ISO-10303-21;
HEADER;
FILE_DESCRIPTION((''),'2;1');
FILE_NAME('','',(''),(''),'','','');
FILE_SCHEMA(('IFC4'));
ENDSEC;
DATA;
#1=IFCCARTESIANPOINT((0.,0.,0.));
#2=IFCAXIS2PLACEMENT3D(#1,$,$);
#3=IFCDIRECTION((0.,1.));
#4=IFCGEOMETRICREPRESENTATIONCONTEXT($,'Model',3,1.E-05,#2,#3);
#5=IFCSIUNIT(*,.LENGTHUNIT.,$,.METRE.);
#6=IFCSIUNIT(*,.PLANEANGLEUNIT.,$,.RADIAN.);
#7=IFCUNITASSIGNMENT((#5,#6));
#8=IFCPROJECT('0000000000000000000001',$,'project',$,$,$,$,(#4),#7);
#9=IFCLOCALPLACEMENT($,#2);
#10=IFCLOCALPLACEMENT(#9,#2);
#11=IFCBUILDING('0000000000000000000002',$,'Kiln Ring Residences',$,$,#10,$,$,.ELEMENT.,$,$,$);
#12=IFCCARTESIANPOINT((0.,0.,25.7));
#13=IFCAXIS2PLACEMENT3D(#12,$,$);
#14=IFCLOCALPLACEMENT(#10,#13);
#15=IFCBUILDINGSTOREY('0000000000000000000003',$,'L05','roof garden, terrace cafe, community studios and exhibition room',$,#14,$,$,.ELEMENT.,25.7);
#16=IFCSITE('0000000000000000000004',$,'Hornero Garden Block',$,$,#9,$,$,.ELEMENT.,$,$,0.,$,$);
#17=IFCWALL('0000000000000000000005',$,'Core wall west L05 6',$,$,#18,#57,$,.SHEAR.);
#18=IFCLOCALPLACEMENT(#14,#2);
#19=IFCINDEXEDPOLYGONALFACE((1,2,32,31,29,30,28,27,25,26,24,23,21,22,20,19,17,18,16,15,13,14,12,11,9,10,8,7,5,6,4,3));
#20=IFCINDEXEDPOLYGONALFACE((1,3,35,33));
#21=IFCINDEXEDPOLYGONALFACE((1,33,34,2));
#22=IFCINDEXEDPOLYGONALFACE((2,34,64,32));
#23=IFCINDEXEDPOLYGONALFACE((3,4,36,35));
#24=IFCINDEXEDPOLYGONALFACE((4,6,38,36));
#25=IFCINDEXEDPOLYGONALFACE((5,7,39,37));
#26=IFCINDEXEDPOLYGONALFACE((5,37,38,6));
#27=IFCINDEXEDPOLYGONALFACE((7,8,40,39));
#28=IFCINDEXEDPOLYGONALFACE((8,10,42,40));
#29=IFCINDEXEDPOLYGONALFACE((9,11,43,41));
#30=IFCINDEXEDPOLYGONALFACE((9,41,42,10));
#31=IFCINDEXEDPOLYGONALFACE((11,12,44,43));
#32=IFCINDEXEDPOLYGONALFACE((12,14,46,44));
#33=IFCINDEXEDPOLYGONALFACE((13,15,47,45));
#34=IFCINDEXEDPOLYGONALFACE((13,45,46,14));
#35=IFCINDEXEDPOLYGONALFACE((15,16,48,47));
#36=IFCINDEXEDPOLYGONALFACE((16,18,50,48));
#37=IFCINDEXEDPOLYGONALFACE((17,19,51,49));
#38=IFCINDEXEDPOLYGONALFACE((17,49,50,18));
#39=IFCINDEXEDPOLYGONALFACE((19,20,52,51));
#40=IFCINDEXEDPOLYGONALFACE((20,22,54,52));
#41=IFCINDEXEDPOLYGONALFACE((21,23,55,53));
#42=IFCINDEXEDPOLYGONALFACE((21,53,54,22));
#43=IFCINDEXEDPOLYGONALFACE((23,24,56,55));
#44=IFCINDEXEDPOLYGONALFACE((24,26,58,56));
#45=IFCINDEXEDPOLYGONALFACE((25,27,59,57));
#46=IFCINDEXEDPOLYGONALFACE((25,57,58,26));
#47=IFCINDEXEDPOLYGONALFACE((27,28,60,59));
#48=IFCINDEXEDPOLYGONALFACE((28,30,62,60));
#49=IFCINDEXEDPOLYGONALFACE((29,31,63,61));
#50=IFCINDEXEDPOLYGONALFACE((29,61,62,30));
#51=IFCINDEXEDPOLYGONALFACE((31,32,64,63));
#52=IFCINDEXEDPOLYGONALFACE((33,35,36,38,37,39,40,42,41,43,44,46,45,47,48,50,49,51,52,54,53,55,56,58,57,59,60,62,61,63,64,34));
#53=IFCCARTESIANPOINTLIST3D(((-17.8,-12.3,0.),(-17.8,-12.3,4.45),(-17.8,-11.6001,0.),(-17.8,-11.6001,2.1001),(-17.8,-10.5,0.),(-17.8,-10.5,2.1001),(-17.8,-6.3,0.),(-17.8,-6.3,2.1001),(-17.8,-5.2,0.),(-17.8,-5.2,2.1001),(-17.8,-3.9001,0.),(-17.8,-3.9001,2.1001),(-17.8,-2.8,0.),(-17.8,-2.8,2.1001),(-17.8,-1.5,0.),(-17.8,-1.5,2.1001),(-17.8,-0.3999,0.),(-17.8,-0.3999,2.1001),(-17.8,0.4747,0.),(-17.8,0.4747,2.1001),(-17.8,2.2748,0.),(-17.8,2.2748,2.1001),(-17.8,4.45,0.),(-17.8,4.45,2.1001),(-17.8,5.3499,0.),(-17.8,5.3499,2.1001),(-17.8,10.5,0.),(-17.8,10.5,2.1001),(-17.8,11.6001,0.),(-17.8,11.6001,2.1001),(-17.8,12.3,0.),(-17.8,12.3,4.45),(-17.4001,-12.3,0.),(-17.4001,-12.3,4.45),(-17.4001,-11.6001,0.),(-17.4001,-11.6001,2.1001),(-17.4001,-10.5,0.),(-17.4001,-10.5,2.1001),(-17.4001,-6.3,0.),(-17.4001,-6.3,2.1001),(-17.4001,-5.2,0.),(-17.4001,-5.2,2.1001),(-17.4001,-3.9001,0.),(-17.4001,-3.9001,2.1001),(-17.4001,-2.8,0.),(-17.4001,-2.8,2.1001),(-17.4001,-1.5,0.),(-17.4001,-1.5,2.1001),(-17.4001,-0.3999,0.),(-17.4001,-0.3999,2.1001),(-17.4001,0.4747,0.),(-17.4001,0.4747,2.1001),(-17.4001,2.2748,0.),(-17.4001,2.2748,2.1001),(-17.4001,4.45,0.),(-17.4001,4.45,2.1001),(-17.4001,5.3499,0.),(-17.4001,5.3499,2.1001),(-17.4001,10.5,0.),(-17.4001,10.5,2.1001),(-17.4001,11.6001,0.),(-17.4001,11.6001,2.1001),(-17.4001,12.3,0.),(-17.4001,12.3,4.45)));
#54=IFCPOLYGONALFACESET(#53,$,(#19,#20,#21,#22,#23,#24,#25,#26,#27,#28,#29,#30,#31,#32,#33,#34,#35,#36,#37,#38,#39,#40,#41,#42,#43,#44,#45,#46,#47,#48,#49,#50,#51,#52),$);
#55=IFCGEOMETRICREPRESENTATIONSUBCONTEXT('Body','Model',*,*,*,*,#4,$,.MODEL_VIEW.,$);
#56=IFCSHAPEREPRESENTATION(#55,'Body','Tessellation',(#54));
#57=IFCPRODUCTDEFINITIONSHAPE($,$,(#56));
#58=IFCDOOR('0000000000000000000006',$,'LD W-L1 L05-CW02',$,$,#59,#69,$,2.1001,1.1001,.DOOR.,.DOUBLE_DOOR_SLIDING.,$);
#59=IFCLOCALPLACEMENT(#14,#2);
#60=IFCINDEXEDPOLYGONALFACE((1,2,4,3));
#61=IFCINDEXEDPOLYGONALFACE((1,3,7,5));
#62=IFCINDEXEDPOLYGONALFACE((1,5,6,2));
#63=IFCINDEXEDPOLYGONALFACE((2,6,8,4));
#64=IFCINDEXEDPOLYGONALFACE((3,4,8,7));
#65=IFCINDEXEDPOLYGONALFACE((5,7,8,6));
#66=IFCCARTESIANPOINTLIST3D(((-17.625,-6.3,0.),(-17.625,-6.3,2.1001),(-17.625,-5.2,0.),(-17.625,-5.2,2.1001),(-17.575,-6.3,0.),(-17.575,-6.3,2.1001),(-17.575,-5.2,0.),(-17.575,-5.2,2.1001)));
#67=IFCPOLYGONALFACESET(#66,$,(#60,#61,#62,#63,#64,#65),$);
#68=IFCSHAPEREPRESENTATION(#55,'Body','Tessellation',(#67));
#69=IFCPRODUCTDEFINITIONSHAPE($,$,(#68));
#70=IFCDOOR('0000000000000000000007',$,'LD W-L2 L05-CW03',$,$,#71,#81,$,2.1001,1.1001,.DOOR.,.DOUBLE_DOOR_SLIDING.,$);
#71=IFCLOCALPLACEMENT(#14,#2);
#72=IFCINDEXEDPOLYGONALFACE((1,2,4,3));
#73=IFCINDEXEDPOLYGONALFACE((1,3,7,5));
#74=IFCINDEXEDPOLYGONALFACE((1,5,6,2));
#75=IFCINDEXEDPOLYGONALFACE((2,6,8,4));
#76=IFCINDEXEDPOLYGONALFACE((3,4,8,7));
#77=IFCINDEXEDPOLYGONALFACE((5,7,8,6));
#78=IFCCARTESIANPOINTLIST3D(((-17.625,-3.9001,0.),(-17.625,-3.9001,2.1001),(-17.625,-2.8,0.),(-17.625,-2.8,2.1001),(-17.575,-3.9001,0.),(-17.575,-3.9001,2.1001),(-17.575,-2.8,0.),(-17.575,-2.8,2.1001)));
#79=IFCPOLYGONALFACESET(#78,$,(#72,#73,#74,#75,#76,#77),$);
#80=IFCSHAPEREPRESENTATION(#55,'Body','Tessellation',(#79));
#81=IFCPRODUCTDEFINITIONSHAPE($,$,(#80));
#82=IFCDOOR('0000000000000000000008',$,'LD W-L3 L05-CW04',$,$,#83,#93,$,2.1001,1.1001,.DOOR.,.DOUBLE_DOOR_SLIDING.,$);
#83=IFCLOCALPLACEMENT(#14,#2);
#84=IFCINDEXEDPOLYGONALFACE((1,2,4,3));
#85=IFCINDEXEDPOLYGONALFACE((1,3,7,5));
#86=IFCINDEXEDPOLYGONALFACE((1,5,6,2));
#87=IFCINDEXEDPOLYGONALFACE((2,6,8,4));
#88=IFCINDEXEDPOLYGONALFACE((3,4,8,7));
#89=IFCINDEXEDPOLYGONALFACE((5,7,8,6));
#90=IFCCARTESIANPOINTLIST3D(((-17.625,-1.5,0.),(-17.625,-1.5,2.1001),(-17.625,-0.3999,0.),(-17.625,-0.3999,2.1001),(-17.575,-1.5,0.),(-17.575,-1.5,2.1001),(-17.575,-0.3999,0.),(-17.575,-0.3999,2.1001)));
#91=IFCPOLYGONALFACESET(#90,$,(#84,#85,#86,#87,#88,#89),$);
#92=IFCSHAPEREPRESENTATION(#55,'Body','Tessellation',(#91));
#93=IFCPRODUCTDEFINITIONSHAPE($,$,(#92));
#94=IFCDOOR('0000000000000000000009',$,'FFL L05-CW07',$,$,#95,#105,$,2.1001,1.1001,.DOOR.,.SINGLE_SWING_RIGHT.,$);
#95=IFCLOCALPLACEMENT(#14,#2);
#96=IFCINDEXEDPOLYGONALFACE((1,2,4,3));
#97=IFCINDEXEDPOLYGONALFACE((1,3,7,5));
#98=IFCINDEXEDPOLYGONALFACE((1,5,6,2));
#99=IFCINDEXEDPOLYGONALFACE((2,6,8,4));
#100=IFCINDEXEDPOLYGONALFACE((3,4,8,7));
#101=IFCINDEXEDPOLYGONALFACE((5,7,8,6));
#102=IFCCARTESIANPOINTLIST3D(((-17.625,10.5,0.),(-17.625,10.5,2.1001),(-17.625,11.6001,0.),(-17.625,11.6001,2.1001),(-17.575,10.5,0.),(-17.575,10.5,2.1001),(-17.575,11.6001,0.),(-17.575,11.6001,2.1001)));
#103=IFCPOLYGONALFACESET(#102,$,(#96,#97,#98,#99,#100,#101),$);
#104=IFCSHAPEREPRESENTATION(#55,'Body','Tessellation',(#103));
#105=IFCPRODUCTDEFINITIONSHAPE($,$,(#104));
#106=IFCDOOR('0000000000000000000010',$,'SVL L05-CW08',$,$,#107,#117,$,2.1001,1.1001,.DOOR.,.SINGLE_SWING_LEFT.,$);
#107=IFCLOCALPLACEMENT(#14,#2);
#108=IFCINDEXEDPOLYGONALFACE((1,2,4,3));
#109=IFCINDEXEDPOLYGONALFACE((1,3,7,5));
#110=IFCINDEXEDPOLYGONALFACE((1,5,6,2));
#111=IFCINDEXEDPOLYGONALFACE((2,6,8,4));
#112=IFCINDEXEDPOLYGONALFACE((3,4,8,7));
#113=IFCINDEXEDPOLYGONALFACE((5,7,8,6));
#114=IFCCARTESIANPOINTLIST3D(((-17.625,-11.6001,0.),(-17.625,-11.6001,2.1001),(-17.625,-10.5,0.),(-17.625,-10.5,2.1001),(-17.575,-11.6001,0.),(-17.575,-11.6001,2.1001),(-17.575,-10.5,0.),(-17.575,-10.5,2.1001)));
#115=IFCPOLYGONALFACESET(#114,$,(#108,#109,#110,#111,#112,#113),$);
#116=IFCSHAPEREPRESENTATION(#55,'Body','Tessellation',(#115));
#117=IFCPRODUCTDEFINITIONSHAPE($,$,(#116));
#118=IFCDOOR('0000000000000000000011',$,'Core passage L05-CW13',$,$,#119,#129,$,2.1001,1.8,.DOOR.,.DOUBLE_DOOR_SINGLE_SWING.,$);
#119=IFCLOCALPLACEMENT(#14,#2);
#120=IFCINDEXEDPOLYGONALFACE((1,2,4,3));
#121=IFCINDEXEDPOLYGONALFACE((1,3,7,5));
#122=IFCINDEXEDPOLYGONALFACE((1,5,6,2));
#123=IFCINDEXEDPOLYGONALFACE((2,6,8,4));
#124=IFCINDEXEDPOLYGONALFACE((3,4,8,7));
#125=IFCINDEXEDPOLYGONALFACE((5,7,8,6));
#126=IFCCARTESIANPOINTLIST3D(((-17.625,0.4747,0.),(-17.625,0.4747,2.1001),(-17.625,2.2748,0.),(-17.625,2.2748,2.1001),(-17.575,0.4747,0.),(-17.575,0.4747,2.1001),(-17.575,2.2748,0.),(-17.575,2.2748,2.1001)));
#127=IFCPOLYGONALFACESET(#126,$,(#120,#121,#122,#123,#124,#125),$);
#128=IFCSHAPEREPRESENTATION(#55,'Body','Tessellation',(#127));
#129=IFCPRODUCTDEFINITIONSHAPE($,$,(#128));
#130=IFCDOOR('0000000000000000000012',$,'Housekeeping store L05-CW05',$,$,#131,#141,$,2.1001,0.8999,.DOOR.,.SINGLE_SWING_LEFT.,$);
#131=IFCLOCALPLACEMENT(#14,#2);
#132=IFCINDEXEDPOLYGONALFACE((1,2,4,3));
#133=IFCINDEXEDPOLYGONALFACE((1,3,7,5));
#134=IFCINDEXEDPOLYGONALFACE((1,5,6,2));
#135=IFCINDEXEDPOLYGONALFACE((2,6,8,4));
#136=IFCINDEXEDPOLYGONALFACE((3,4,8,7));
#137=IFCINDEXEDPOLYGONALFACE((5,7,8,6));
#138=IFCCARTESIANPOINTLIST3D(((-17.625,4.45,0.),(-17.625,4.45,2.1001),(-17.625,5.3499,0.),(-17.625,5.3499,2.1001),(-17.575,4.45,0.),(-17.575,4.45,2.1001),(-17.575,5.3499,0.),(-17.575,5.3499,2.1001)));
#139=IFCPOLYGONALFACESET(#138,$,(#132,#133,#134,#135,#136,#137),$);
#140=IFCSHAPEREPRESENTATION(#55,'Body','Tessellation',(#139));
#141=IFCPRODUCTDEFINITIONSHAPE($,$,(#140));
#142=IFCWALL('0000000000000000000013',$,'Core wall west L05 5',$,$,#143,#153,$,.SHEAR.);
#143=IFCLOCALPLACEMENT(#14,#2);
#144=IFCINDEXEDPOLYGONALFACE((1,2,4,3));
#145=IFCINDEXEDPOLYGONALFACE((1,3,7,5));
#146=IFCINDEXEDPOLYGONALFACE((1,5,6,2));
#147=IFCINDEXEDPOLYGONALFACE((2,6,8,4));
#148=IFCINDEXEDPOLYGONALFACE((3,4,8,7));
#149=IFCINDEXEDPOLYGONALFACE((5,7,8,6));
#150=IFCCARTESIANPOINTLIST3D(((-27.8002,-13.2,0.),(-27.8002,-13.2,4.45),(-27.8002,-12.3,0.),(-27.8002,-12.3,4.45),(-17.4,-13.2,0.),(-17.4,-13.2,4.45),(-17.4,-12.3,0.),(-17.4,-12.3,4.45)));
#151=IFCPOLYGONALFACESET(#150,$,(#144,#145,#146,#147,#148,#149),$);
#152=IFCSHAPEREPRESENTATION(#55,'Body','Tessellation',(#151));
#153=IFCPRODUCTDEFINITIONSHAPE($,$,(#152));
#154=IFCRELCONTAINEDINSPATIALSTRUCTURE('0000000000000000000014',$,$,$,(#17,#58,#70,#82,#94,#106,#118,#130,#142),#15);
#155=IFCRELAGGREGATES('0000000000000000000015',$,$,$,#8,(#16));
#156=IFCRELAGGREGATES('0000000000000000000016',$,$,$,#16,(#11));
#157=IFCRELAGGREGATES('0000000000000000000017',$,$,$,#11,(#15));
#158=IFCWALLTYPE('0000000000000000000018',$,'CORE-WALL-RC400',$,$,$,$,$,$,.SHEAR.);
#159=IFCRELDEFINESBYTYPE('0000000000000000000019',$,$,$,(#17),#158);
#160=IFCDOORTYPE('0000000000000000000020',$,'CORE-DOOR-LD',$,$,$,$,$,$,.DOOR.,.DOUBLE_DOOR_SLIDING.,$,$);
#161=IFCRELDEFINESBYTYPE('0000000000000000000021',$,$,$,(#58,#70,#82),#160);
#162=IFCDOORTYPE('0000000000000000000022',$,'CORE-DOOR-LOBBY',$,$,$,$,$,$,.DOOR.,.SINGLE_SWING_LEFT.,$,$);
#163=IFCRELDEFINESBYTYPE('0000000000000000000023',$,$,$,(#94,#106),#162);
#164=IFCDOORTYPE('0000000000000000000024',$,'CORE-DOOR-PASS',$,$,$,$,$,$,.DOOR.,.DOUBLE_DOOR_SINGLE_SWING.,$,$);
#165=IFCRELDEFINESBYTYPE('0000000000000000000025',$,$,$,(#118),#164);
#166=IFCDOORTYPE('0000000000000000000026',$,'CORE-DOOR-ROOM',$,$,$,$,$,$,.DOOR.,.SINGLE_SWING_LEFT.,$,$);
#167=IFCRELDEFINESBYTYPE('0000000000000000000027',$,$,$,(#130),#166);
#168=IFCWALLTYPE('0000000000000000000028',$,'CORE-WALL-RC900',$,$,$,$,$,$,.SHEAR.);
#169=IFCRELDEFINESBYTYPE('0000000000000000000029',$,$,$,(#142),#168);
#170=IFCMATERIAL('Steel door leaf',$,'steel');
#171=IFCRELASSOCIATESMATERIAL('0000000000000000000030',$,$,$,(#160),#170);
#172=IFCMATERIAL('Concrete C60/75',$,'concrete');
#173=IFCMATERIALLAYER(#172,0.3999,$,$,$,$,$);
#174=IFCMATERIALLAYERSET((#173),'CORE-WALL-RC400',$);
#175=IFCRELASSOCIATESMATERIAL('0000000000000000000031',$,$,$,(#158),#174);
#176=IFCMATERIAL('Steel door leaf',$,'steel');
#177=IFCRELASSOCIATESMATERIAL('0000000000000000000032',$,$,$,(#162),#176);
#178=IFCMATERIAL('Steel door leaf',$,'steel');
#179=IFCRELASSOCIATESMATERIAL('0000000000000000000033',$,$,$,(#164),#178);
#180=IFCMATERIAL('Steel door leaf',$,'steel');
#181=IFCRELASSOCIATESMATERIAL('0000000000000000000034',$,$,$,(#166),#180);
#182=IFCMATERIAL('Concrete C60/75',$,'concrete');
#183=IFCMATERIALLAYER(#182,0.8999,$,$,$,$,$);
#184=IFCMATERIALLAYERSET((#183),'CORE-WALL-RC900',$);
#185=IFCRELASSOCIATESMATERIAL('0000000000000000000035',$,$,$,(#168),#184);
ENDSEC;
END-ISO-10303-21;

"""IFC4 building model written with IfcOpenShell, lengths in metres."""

from ifc_helpers import new_model, si_unit, direction, frame, frame_2d, origin, place, context, subcontext, project, spatial, rectangle, extrude, material, layer, layer_set, type_object, element, fill, save


model = new_model("IFC4")

# Units and contexts
model_context = context("Model", 3, precision=1e-05, world=origin(), true_north=direction((0.0, 1.0)))
body_context = subcontext(model_context, "Body", "Model", "MODEL_VIEW")
ifc_project = project(units=[si_unit("LENGTHUNIT", "METRE"), si_unit("PLANEANGLEUNIT", "RADIAN")], contexts=[model_context])

# Site, building, storey
site_placement = place(None, origin())
site = spatial("IfcSite", under=ifc_project, at=site_placement, Name="Hornero Garden Block", CompositionType="ELEMENT", RefElevation=0.0)
building_placement = place(site_placement, origin())
building = spatial("IfcBuilding", under=site, at=building_placement, Name="Kiln Ring Residences", CompositionType="ELEMENT")
storey_placement = place(building_placement, frame((0.0, 0.0, 25.7)))
storey = spatial("IfcBuildingStorey", under=building, at=storey_placement, Name="L05", Description="roof garden, terrace cafe, community studios and exhibition room", CompositionType="ELEMENT", Elevation=25.7)

# Wall, openings, doors
ifc_material_1 = material(Name="Steel door leaf", Category="steel")
door_type_1 = type_object("IfcDoorType", Name="CORE-DOOR-LD", OperationType="DOUBLE_DOOR_SLIDING", PredefinedType="DOOR", material=ifc_material_1)
ifc_material_2 = material(Name="Concrete C60/75", Category="concrete")
ifc_layer_1 = layer(ifc_material_2, 0.3999)
ifc_layer_set_1 = layer_set([ifc_layer_1], Name="CORE-WALL-RC400")
wall_type_1 = type_object("IfcWallType", Name="CORE-WALL-RC400", PredefinedType="SHEAR", material=ifc_layer_set_1)
wall_1_placement = place(storey_placement, frame((-17.6001, -12.3, 0.0), z_axis=(0.0, 0.0, 1.0), x_axis=(0.0, 1.0, 0.0)))
wall_1 = element("IfcWall", 1, at=wall_1_placement, inside=storey, type_object=wall_type_1, Name="Core wall west L05 6", PredefinedType="SHEAR", context=body_context, shape_type="SweptSolid", body=[
    extrude(rectangle(XDim=24.6001, YDim=0.3999, at=frame_2d((12.3, 0.0))), origin(), (0.0, 0.0, 1.0), 4.45),
])
opening_1_placement = place(wall_1_placement, frame((6.0, 0.0, 0.0)))
opening_1 = element("IfcOpeningElement", 2, at=opening_1_placement, cuts=wall_1, PredefinedType="OPENING", context=body_context, shape_type="SweptSolid", body=[
    extrude(rectangle(XDim=1.1001, YDim=2.1001, at=frame_2d((0.55, 1.05))), frame((0.0, 0.21, 0.0), z_axis=(0.0, -1.0, 0.0), x_axis=(1.0, 0.0, 0.0)), (0.0, 0.0, 1.0), 0.4199),
])
opening_2_placement = place(wall_1_placement, frame((8.3999, 0.0, 0.0)))
opening_2 = element("IfcOpeningElement", 3, at=opening_2_placement, cuts=wall_1, PredefinedType="OPENING", context=body_context, shape_type="SweptSolid", body=[
    extrude(rectangle(XDim=1.1001, YDim=2.1001, at=frame_2d((0.55, 1.05))), frame((0.0, 0.21, 0.0), z_axis=(0.0, -1.0, 0.0), x_axis=(1.0, 0.0, 0.0)), (0.0, 0.0, 1.0), 0.4199),
])
opening_3_placement = place(wall_1_placement, frame((10.8, 0.0, 0.0)))
opening_3 = element("IfcOpeningElement", 4, at=opening_3_placement, cuts=wall_1, PredefinedType="OPENING", context=body_context, shape_type="SweptSolid", body=[
    extrude(rectangle(XDim=1.1001, YDim=2.1001, at=frame_2d((0.55, 1.05))), frame((0.0, 0.21, 0.0), z_axis=(0.0, -1.0, 0.0), x_axis=(1.0, 0.0, 0.0)), (0.0, 0.0, 1.0), 0.4199),
])
opening_4_placement = place(wall_1_placement, frame((16.75, 0.0, 0.0)))
opening_4 = element("IfcOpeningElement", 5, at=opening_4_placement, cuts=wall_1, PredefinedType="OPENING", context=body_context, shape_type="SweptSolid", body=[
    extrude(rectangle(XDim=0.8999, YDim=2.1001, at=frame_2d((0.45, 1.05))), frame((0.0, 0.21, 0.0), z_axis=(0.0, -1.0, 0.0), x_axis=(1.0, 0.0, 0.0)), (0.0, 0.0, 1.0), 0.4199),
])
opening_5_placement = place(wall_1_placement, frame((22.8, 0.0, 0.0)))
opening_5 = element("IfcOpeningElement", 6, at=opening_5_placement, cuts=wall_1, PredefinedType="OPENING", context=body_context, shape_type="SweptSolid", body=[
    extrude(rectangle(XDim=1.1001, YDim=2.1001, at=frame_2d((0.55, 1.05))), frame((0.0, 0.21, 0.0), z_axis=(0.0, -1.0, 0.0), x_axis=(1.0, 0.0, 0.0)), (0.0, 0.0, 1.0), 0.4199),
])
opening_6_placement = place(wall_1_placement, frame((0.7, 0.0, 0.0)))
opening_6 = element("IfcOpeningElement", 7, at=opening_6_placement, cuts=wall_1, PredefinedType="OPENING", context=body_context, shape_type="SweptSolid", body=[
    extrude(rectangle(XDim=1.1001, YDim=2.1001, at=frame_2d((0.55, 1.05))), frame((0.0, 0.21, 0.0), z_axis=(0.0, -1.0, 0.0), x_axis=(1.0, 0.0, 0.0)), (0.0, 0.0, 1.0), 0.4199),
])
opening_7_placement = place(wall_1_placement, frame((12.7749, 0.0, 0.0)))
opening_7 = element("IfcOpeningElement", 8, at=opening_7_placement, cuts=wall_1, PredefinedType="OPENING", context=body_context, shape_type="SweptSolid", body=[
    extrude(rectangle(XDim=1.8, YDim=2.1001, at=frame_2d((0.8999, 1.05))), frame((0.0, 0.21, 0.0), z_axis=(0.0, -1.0, 0.0), x_axis=(1.0, 0.0, 0.0)), (0.0, 0.0, 1.0), 0.4199),
])
door_1_placement = place(opening_1_placement, origin())
door_1 = element("IfcDoor", 9, at=door_1_placement, inside=storey, type_object=door_type_1, Name="LD W-L1 L05-CW02", OperationType="DOUBLE_DOOR_SLIDING", OverallHeight=2.1001, OverallWidth=1.1001, PredefinedType="DOOR", context=body_context, shape_type="SweptSolid", body=[
    extrude(rectangle(XDim=1.1001, YDim=2.1001, at=frame_2d((0.55, 1.05))), frame((0.0, 0.0249, 0.0), z_axis=(0.0, -1.0, 0.0), x_axis=(1.0, 0.0, 0.0)), (0.0, 0.0, 1.0), 0.05),
])
fill(opening_1, door_1)
door_2_placement = place(opening_2_placement, origin())
door_2 = element("IfcDoor", 10, at=door_2_placement, inside=storey, type_object=door_type_1, Name="LD W-L2 L05-CW03", OperationType="DOUBLE_DOOR_SLIDING", OverallHeight=2.1001, OverallWidth=1.1001, PredefinedType="DOOR", context=body_context, shape_type="SweptSolid", body=[
    extrude(rectangle(XDim=1.1001, YDim=2.1001, at=frame_2d((0.55, 1.05))), frame((0.0, 0.0249, 0.0), z_axis=(0.0, -1.0, 0.0), x_axis=(1.0, 0.0, 0.0)), (0.0, 0.0, 1.0), 0.05),
])
fill(opening_2, door_2)
door_3_placement = place(opening_3_placement, origin())
door_3 = element("IfcDoor", 11, at=door_3_placement, inside=storey, type_object=door_type_1, Name="LD W-L3 L05-CW04", OperationType="DOUBLE_DOOR_SLIDING", OverallHeight=2.1001, OverallWidth=1.1001, PredefinedType="DOOR", context=body_context, shape_type="SweptSolid", body=[
    extrude(rectangle(XDim=1.1001, YDim=2.1001, at=frame_2d((0.55, 1.05))), frame((0.0, 0.0249, 0.0), z_axis=(0.0, -1.0, 0.0), x_axis=(1.0, 0.0, 0.0)), (0.0, 0.0, 1.0), 0.05),
])
fill(opening_3, door_3)
ifc_material_3 = material(Name="Steel door leaf", Category="steel")
door_type_2 = type_object("IfcDoorType", Name="CORE-DOOR-LOBBY", OperationType="SINGLE_SWING_LEFT", PredefinedType="DOOR", material=ifc_material_3)
door_4_placement = place(opening_5_placement, origin())
door_4 = element("IfcDoor", 12, at=door_4_placement, inside=storey, type_object=door_type_2, Name="FFL L05-CW07", OperationType="SINGLE_SWING_RIGHT", OverallHeight=2.1001, OverallWidth=1.1001, PredefinedType="DOOR", context=body_context, shape_type="SweptSolid", body=[
    extrude(rectangle(XDim=1.1001, YDim=2.1001, at=frame_2d((0.55, 1.05))), frame((0.0, 0.0249, 0.0), z_axis=(0.0, -1.0, 0.0), x_axis=(1.0, 0.0, 0.0)), (0.0, 0.0, 1.0), 0.05),
])
fill(opening_5, door_4)
door_5_placement = place(opening_6_placement, origin())
door_5 = element("IfcDoor", 13, at=door_5_placement, inside=storey, type_object=door_type_2, Name="SVL L05-CW08", OperationType="SINGLE_SWING_LEFT", OverallHeight=2.1001, OverallWidth=1.1001, PredefinedType="DOOR", context=body_context, shape_type="SweptSolid", body=[
    extrude(rectangle(XDim=1.1001, YDim=2.1001, at=frame_2d((0.55, 1.05))), frame((0.0, 0.0249, 0.0), z_axis=(0.0, -1.0, 0.0), x_axis=(1.0, 0.0, 0.0)), (0.0, 0.0, 1.0), 0.05),
])
fill(opening_6, door_5)
ifc_material_4 = material(Name="Steel door leaf", Category="steel")
door_type_3 = type_object("IfcDoorType", Name="CORE-DOOR-PASS", OperationType="DOUBLE_DOOR_SINGLE_SWING", PredefinedType="DOOR", material=ifc_material_4)
door_6_placement = place(opening_7_placement, origin())
door_6 = element("IfcDoor", 14, at=door_6_placement, inside=storey, type_object=door_type_3, Name="Core passage L05-CW13", OperationType="DOUBLE_DOOR_SINGLE_SWING", OverallHeight=2.1001, OverallWidth=1.8, PredefinedType="DOOR", context=body_context, shape_type="SweptSolid", body=[
    extrude(rectangle(XDim=1.8, YDim=2.1001, at=frame_2d((0.8999, 1.05))), frame((0.0, 0.0249, 0.0), z_axis=(0.0, -1.0, 0.0), x_axis=(1.0, 0.0, 0.0)), (0.0, 0.0, 1.0), 0.05),
])
fill(opening_7, door_6)
ifc_material_5 = material(Name="Steel door leaf", Category="steel")
door_type_4 = type_object("IfcDoorType", Name="CORE-DOOR-ROOM", OperationType="SINGLE_SWING_LEFT", PredefinedType="DOOR", material=ifc_material_5)
door_7_placement = place(opening_4_placement, origin())
door_7 = element("IfcDoor", 15, at=door_7_placement, inside=storey, type_object=door_type_4, Name="Housekeeping store L05-CW05", OperationType="SINGLE_SWING_LEFT", OverallHeight=2.1001, OverallWidth=0.8999, PredefinedType="DOOR", context=body_context, shape_type="SweptSolid", body=[
    extrude(rectangle(XDim=0.8999, YDim=2.1001, at=frame_2d((0.45, 1.05))), frame((0.0, 0.0249, 0.0), z_axis=(0.0, -1.0, 0.0), x_axis=(1.0, 0.0, 0.0)), (0.0, 0.0, 1.0), 0.05),
])
fill(opening_4, door_7)

# Wall
ifc_material_6 = material(Name="Concrete C60/75", Category="concrete")
ifc_layer_2 = layer(ifc_material_6, 0.8999)
ifc_layer_set_2 = layer_set([ifc_layer_2], Name="CORE-WALL-RC900")
wall_type_2 = type_object("IfcWallType", Name="CORE-WALL-RC900", PredefinedType="SHEAR", material=ifc_layer_set_2)
wall_2_placement = place(storey_placement, frame((-17.3999, -12.75, 0.0), z_axis=(0.0, 0.0, 1.0), x_axis=(-1.0, 0.0, 0.0)))
element("IfcWall", 16, at=wall_2_placement, inside=storey, type_object=wall_type_2, Name="Core wall west L05 5", PredefinedType="SHEAR", context=body_context, shape_type="SweptSolid", body=[
    extrude(rectangle(XDim=10.4001, YDim=0.8999, at=frame_2d((5.2002, 0.0))), origin(), (0.0, 0.0, 1.0), 4.45),
])

save(model, "model.ifc")
